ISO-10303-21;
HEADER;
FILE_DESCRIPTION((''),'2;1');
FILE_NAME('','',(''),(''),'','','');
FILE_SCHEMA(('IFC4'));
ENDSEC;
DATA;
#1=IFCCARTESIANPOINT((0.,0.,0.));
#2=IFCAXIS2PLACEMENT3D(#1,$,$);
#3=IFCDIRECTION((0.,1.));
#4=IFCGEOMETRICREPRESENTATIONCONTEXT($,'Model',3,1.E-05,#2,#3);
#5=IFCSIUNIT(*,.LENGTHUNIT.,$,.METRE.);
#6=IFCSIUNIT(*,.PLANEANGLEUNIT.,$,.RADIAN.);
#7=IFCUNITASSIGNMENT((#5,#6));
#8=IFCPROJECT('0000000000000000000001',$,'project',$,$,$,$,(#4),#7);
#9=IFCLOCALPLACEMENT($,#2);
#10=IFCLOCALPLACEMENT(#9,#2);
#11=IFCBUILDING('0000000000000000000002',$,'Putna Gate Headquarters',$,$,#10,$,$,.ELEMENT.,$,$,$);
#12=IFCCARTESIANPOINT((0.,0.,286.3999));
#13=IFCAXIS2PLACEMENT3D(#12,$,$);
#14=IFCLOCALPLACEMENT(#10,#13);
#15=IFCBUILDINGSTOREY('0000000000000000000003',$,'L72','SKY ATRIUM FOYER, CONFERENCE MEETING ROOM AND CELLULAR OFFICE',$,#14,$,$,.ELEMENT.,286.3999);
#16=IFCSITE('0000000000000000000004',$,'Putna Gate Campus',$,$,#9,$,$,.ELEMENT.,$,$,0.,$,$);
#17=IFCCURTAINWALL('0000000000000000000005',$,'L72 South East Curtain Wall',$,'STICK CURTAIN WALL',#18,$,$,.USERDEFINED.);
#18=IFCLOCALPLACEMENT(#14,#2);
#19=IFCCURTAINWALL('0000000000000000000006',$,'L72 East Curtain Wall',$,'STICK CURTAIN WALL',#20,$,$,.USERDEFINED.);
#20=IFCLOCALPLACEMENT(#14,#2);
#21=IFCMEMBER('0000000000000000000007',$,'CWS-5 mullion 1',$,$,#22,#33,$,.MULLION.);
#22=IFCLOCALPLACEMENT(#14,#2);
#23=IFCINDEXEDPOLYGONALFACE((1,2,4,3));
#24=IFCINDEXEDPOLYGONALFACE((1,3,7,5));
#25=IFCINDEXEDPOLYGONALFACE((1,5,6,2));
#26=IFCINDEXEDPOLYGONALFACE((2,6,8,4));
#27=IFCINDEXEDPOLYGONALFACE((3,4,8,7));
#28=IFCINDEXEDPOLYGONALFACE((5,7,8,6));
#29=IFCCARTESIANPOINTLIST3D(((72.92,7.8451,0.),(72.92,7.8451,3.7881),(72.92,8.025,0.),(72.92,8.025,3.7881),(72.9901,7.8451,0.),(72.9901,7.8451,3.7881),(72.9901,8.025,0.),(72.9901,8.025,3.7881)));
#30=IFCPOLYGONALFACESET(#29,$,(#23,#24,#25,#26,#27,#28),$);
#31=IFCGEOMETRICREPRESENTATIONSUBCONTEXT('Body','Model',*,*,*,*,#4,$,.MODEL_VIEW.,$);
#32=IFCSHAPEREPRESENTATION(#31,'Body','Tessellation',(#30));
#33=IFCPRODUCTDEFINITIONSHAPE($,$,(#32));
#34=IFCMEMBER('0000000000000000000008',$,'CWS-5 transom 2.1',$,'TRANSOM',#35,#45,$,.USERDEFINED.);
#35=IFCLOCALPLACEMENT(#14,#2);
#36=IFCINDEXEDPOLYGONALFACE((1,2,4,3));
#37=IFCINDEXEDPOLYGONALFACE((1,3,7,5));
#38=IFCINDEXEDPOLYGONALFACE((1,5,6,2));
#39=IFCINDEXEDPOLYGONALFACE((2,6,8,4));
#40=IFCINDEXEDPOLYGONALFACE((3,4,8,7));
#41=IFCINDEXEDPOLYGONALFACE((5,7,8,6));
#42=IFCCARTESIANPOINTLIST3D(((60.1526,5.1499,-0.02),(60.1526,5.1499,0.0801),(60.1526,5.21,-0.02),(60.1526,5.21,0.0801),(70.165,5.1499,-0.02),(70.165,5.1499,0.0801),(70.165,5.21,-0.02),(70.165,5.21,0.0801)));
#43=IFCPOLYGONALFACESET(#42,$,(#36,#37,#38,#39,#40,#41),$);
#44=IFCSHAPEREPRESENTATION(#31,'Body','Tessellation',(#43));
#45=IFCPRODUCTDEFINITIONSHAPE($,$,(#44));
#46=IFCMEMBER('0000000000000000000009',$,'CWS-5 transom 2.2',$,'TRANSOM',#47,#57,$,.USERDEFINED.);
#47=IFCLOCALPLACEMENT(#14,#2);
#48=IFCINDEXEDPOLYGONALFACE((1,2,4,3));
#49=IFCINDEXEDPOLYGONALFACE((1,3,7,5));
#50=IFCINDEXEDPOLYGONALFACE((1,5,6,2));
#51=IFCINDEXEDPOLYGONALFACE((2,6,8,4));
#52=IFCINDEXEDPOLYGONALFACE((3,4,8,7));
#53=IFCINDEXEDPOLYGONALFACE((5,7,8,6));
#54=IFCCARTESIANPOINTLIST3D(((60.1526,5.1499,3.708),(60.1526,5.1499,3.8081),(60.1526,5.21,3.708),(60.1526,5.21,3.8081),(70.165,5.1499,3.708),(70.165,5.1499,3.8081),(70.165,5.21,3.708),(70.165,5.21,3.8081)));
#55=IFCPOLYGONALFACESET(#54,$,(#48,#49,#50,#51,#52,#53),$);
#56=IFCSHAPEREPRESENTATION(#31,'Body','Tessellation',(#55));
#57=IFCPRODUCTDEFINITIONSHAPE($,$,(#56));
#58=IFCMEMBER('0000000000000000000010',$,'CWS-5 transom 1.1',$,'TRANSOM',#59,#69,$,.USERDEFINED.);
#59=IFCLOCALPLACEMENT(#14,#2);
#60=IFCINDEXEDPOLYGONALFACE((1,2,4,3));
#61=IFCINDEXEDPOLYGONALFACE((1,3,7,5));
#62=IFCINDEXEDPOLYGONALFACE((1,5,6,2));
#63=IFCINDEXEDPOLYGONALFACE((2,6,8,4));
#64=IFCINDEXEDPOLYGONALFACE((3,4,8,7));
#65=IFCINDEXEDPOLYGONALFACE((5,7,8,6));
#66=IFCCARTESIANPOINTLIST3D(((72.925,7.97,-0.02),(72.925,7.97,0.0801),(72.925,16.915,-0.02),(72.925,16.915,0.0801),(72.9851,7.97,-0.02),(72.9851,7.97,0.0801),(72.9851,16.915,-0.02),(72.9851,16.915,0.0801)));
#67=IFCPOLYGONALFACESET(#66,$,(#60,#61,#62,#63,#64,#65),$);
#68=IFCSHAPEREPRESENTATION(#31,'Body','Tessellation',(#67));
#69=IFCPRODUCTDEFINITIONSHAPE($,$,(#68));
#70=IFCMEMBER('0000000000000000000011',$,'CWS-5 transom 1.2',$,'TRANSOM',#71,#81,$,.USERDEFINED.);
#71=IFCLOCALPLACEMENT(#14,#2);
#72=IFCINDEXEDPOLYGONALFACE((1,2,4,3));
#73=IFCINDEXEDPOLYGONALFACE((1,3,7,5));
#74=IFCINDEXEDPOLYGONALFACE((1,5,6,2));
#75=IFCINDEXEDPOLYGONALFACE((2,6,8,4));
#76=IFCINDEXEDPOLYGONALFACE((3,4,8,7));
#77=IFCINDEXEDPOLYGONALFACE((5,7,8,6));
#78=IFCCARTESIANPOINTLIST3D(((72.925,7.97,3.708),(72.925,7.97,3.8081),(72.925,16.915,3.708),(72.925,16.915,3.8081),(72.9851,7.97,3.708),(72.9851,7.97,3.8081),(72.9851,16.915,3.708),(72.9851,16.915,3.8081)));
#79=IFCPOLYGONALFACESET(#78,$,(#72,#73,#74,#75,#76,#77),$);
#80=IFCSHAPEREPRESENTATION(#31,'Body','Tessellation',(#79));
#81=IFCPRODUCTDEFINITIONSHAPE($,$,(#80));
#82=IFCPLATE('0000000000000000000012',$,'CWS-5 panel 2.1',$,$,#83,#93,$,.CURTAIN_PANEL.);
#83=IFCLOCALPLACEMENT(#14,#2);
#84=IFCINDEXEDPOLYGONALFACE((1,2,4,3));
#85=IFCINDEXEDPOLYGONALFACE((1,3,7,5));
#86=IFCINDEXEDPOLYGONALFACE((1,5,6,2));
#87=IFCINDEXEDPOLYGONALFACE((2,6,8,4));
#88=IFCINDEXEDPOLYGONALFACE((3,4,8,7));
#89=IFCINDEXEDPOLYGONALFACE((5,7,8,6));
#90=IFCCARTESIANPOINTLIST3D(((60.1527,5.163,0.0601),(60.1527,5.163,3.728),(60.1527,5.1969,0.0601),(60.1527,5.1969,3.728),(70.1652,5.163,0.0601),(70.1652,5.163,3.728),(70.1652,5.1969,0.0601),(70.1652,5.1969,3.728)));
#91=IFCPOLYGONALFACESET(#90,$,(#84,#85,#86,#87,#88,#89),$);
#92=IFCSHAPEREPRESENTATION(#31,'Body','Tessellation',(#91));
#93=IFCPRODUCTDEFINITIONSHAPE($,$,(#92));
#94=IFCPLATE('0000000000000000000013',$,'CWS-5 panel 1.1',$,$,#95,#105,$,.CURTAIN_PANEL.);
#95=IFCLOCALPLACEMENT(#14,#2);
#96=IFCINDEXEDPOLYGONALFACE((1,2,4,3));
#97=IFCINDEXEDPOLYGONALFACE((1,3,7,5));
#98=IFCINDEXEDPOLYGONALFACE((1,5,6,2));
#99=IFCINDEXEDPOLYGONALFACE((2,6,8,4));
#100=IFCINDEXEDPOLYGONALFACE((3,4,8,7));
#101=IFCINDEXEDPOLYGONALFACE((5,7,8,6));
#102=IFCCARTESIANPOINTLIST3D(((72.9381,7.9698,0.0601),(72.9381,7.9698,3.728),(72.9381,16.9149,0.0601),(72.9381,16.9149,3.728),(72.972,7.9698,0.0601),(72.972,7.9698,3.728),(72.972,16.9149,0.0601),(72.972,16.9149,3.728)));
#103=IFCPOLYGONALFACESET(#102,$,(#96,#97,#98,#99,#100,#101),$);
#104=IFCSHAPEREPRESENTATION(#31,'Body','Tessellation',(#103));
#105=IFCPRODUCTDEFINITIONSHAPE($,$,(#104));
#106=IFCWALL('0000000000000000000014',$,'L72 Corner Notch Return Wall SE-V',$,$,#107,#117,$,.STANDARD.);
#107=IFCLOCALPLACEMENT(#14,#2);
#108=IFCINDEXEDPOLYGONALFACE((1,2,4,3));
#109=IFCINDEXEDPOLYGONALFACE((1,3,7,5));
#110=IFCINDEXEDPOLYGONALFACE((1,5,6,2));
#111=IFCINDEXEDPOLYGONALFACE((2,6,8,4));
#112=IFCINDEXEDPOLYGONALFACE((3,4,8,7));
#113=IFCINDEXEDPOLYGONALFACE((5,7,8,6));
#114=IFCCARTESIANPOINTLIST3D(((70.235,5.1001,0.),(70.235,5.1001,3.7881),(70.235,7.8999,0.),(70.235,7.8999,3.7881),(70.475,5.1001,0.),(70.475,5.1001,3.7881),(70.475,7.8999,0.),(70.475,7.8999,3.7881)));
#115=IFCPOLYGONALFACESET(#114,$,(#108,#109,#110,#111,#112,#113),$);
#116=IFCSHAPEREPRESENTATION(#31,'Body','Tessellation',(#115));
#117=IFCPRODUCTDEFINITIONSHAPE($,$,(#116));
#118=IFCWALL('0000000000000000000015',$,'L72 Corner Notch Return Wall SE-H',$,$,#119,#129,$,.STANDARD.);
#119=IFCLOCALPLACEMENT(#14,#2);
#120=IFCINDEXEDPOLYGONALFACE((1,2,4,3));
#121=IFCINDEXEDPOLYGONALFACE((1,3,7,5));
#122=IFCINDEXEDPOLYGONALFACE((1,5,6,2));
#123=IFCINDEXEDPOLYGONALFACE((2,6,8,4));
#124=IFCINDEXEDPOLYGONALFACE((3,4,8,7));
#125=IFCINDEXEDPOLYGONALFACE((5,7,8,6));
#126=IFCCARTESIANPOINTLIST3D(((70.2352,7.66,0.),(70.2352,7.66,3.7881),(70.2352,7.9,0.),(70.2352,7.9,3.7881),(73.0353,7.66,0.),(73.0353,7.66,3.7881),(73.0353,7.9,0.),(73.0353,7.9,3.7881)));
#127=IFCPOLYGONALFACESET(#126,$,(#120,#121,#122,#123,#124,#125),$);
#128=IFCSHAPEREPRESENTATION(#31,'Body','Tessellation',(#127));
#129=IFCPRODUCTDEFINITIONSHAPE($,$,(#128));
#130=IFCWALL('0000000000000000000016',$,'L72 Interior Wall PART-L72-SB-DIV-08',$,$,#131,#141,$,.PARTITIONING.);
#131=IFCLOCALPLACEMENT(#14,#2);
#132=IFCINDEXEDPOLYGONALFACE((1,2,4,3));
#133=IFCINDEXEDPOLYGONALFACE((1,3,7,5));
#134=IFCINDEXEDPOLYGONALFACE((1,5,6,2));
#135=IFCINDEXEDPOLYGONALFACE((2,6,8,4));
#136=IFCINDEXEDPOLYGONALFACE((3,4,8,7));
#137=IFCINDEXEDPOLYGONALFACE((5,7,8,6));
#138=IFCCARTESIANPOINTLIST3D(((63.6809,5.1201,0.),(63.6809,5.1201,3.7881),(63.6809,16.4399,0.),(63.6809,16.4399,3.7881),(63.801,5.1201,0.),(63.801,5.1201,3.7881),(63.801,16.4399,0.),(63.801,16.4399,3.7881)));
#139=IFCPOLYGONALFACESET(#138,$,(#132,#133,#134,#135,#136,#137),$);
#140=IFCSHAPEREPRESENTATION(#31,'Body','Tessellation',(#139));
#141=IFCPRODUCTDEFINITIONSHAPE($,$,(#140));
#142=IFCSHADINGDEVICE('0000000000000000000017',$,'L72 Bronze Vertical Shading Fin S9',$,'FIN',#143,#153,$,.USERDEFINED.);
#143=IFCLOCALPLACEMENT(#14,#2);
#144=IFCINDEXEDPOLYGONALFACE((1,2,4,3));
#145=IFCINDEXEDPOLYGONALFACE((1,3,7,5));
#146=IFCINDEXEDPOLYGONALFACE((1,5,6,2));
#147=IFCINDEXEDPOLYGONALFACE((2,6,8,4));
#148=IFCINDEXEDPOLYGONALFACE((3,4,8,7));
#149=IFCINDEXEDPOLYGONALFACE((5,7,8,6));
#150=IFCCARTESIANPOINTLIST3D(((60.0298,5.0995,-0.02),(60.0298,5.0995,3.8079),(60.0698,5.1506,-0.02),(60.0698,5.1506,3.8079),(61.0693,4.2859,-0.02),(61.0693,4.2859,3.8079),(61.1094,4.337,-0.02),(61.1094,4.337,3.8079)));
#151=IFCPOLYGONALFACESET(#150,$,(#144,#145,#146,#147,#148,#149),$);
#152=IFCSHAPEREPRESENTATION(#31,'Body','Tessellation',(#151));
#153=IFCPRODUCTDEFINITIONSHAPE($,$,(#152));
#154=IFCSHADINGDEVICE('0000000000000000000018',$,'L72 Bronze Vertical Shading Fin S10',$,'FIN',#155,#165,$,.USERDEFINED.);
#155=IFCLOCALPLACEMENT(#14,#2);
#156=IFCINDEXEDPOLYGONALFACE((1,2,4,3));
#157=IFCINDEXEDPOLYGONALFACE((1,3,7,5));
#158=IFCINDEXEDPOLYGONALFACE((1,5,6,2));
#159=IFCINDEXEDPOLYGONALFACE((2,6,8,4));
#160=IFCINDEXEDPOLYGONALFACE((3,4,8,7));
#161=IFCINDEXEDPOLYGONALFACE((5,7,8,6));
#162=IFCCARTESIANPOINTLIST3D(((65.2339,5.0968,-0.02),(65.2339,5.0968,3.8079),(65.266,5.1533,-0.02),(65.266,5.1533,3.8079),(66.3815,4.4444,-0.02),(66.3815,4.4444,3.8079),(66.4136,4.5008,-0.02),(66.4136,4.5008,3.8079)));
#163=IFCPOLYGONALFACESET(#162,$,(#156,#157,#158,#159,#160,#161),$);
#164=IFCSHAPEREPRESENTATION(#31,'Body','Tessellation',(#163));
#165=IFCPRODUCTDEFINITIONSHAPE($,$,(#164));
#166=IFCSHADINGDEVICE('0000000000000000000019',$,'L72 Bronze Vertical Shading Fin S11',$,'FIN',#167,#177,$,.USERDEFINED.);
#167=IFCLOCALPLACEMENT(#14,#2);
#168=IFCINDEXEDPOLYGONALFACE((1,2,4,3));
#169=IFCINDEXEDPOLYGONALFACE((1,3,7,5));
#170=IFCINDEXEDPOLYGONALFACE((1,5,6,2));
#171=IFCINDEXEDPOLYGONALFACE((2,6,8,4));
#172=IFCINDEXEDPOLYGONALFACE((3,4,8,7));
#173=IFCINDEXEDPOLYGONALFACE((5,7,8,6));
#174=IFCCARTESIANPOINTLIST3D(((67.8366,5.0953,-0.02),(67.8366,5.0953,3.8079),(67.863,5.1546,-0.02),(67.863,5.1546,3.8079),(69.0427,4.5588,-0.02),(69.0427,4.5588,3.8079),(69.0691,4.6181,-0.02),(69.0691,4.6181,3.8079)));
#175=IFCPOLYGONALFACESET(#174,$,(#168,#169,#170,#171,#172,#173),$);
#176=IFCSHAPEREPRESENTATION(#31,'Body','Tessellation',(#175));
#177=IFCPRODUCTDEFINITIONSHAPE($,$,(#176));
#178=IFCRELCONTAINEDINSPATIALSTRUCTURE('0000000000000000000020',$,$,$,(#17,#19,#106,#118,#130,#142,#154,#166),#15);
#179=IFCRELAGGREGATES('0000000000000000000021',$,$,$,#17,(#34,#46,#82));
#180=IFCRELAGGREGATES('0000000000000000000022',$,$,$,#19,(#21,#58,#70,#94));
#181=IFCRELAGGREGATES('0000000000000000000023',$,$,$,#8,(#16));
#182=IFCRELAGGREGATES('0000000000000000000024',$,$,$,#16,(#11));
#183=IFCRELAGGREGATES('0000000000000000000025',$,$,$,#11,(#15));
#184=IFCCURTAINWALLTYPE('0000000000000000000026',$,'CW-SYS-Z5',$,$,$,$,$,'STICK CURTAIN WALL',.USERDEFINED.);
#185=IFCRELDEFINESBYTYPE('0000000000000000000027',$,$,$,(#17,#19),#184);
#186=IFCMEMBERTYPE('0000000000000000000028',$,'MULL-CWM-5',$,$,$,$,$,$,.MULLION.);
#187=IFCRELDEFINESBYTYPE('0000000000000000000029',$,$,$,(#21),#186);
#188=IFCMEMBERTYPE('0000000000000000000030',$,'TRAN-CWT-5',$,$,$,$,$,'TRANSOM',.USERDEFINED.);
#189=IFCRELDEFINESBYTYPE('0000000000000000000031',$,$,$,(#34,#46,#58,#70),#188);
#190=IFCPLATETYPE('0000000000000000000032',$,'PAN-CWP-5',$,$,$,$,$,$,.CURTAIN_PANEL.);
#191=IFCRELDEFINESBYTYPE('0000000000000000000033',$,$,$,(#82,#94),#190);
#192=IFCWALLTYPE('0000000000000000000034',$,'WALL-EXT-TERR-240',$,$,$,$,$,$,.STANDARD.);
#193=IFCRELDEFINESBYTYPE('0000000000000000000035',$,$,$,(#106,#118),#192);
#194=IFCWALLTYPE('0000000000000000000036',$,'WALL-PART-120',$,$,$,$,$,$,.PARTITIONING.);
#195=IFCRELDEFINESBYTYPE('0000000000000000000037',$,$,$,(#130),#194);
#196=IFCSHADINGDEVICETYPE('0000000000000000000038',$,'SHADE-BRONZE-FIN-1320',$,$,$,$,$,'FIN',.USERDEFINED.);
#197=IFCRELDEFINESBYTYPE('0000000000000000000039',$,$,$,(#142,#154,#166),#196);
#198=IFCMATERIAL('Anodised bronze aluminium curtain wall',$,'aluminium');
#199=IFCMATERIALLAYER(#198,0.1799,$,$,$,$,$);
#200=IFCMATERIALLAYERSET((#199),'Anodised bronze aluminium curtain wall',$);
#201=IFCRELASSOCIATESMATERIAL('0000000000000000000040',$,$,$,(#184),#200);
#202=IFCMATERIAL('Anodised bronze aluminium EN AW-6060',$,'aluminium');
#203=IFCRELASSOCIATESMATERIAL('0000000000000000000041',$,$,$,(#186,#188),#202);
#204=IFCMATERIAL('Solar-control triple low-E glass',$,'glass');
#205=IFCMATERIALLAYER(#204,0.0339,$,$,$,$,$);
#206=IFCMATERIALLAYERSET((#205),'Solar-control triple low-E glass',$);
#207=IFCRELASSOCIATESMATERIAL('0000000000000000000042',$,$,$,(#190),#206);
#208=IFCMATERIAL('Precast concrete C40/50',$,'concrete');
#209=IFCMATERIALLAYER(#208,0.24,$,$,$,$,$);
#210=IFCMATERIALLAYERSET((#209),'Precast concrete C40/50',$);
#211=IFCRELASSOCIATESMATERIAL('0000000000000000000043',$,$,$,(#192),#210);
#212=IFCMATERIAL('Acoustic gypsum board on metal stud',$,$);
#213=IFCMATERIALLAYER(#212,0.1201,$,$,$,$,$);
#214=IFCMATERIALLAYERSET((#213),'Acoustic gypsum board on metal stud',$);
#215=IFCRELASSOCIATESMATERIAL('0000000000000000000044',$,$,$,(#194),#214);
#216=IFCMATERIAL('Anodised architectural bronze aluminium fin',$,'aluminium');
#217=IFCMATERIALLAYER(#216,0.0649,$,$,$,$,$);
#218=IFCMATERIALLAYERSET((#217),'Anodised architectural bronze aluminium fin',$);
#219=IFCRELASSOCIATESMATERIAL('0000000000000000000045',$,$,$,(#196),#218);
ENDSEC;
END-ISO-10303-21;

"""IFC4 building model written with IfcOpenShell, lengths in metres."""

from ifc_helpers import new_model, si_unit, direction, frame, frame_2d, origin, origin_2d, place, context, subcontext, project, spatial, rectangle, extrude, material, layer, layer_set, material_profile, profile_set, type_object, element, aggregate, save


model = new_model("IFC4")

# Units and contexts
model_context = context("Model", 3, precision=1e-05, world=origin(), true_north=direction((0.0, 1.0)))
body_context = subcontext(model_context, "Body", "Model", "MODEL_VIEW")
ifc_project = project(units=[si_unit("LENGTHUNIT", "METRE"), si_unit("PLANEANGLEUNIT", "RADIAN")], contexts=[model_context])

# Site, building, storey
site_placement = place(None, origin())
site = spatial("IfcSite", under=ifc_project, at=site_placement, Name="Putna Gate Campus", CompositionType="ELEMENT", RefElevation=0.0)
building_placement = place(site_placement, origin())
building = spatial("IfcBuilding", under=site, at=building_placement, Name="Putna Gate Headquarters", CompositionType="ELEMENT")
storey_placement = place(building_placement, frame((0.0, 0.0, 286.3999)))
storey = spatial("IfcBuildingStorey", under=building, at=storey_placement, Name="L72", Description="SKY ATRIUM FOYER, CONFERENCE MEETING ROOM AND CELLULAR OFFICE", CompositionType="ELEMENT", Elevation=286.3999)

# Curtain wall
ifc_material_1 = material(Name="Anodised bronze aluminium curtain wall", Category="aluminium")
ifc_layer_1 = layer(ifc_material_1, 0.1799)
ifc_layer_set_1 = layer_set([ifc_layer_1], Name="Anodised bronze aluminium curtain wall")
curtain_wall_type = type_object("IfcCurtainWallType", Name="CW-SYS-Z5", ElementType="STICK CURTAIN WALL", PredefinedType="USERDEFINED", material=ifc_layer_set_1)
curtain_wall_1_placement = place(storey_placement, origin())
curtain_wall_1 = element("IfcCurtainWall", 1, at=curtain_wall_1_placement, inside=storey, type_object=curtain_wall_type, Name="L72 South East Curtain Wall", ObjectType="STICK CURTAIN WALL", PredefinedType="USERDEFINED")
ifc_material_2 = material(Name="Anodised bronze aluminium EN AW-6060", Category="aluminium")
ifc_material_profile_1 = material_profile(ifc_material_2, rectangle(XDim=0.0701, YDim=0.1799, at=origin_2d()), Name="Anodised bronze aluminium EN AW-6060")
ifc_profile_set_1 = profile_set([ifc_material_profile_1], Name="Anodised bronze aluminium EN AW-6060")
member_type_1 = type_object("IfcMemberType", Name="MULL-CWM-5", PredefinedType="MULLION", material=ifc_profile_set_1)

# Curtain wall, member
curtain_wall_2_placement = place(storey_placement, origin())
curtain_wall_2 = element("IfcCurtainWall", 2, at=curtain_wall_2_placement, inside=storey, type_object=curtain_wall_type, Name="L72 East Curtain Wall", ObjectType="STICK CURTAIN WALL", PredefinedType="USERDEFINED")
member_1_placement = place(storey_placement, frame((72.9551, 7.9351, 0.0), z_axis=(0.0, 0.0, 1.0), x_axis=(-1.0, 0.0, 0.0)))
member_1 = element("IfcMember", 3, at=member_1_placement, type_object=member_type_1, Name="CWS-5 mullion 1", PredefinedType="MULLION", context=body_context, shape_type="SweptSolid", body=[
    extrude(rectangle(XDim=0.0701, YDim=0.1799, at=origin_2d()), origin(), (0.0, 0.0, 1.0), 3.7881),
])

# Members
ifc_material_profile_2 = material_profile(ifc_material_2, rectangle(XDim=0.0601, YDim=0.1001, at=origin_2d()), Name="Anodised bronze aluminium EN AW-6060")
ifc_profile_set_2 = profile_set([ifc_material_profile_2], Name="Anodised bronze aluminium EN AW-6060")
member_type_2 = type_object("IfcMemberType", Name="TRAN-CWT-5", ElementType="TRANSOM", PredefinedType="USERDEFINED", material=ifc_profile_set_2)
member_2_placement = place(storey_placement, frame((60.1526, 5.1799, 0.03), z_axis=(1.0, 0.0, 0.0), x_axis=(0.0, 1.0, 0.0)))
member_2 = element("IfcMember", 4, at=member_2_placement, type_object=member_type_2, Name="CWS-5 transom 2.1", ObjectType="TRANSOM", PredefinedType="USERDEFINED", context=body_context, shape_type="SweptSolid", body=[
    extrude(rectangle(XDim=0.0601, YDim=0.1001, at=origin_2d()), origin(), (0.0, 0.0, 1.0), 10.0125),
])
member_3_placement = place(storey_placement, frame((60.1526, 5.1799, 3.7581), z_axis=(1.0, 0.0, 0.0), x_axis=(0.0, 1.0, 0.0)))
member_3 = element("IfcMember", 5, at=member_3_placement, type_object=member_type_2, Name="CWS-5 transom 2.2", ObjectType="TRANSOM", PredefinedType="USERDEFINED", context=body_context, shape_type="SweptSolid", body=[
    extrude(rectangle(XDim=0.0601, YDim=0.1001, at=origin_2d()), origin(), (0.0, 0.0, 1.0), 10.0125),
])
member_4_placement = place(storey_placement, frame((72.9551, 7.97, 0.03), z_axis=(0.0, 1.0, 0.0), x_axis=(-1.0, 0.0, 0.0)))
member_4 = element("IfcMember", 6, at=member_4_placement, type_object=member_type_2, Name="CWS-5 transom 1.1", ObjectType="TRANSOM", PredefinedType="USERDEFINED", context=body_context, shape_type="SweptSolid", body=[
    extrude(rectangle(XDim=0.0601, YDim=0.1001, at=origin_2d()), origin(), (0.0, 0.0, 1.0), 8.9451),
])
member_5_placement = place(storey_placement, frame((72.9551, 7.97, 3.7581), z_axis=(0.0, 1.0, 0.0), x_axis=(-1.0, 0.0, 0.0)))
member_5 = element("IfcMember", 7, at=member_5_placement, type_object=member_type_2, Name="CWS-5 transom 1.2", ObjectType="TRANSOM", PredefinedType="USERDEFINED", context=body_context, shape_type="SweptSolid", body=[
    extrude(rectangle(XDim=0.0601, YDim=0.1001, at=origin_2d()), origin(), (0.0, 0.0, 1.0), 8.9451),
])

# Plates
ifc_material_3 = material(Name="Solar-control triple low-E glass", Category="glass")
ifc_layer_2 = layer(ifc_material_3, 0.0339)
ifc_layer_set_2 = layer_set([ifc_layer_2], Name="Solar-control triple low-E glass")
plate_type = type_object("IfcPlateType", Name="PAN-CWP-5", PredefinedType="CURTAIN_PANEL", material=ifc_layer_set_2)
plate_1_placement = place(storey_placement, frame((65.1589, 5.1799, 0.0601), z_axis=(0.0, 0.0, 1.0), x_axis=(1.0, 0.0, 0.0)))
plate_1 = element("IfcPlate", 8, at=plate_1_placement, type_object=plate_type, Name="CWS-5 panel 2.1", PredefinedType="CURTAIN_PANEL", context=body_context, shape_type="SweptSolid", body=[
    extrude(rectangle(XDim=10.0125, YDim=0.0339, at=origin_2d()), origin(), (0.0, 0.0, 1.0), 3.668),
])
aggregate(curtain_wall_1, [member_2, member_3, plate_1])
plate_2_placement = place(storey_placement, frame((72.9551, 12.4424, 0.0601), z_axis=(0.0, 0.0, 1.0), x_axis=(0.0, 1.0, 0.0)))
plate_2 = element("IfcPlate", 9, at=plate_2_placement, type_object=plate_type, Name="CWS-5 panel 1.1", PredefinedType="CURTAIN_PANEL", context=body_context, shape_type="SweptSolid", body=[
    extrude(rectangle(XDim=8.9451, YDim=0.0339, at=origin_2d()), origin(), (0.0, 0.0, 1.0), 3.668),
])
aggregate(curtain_wall_2, [member_1, member_4, member_5, plate_2])

# Walls
ifc_material_4 = material(Name="Precast concrete C40/50", Category="concrete")
ifc_layer_3 = layer(ifc_material_4, 0.24)
ifc_layer_set_3 = layer_set([ifc_layer_3], Name="Precast concrete C40/50")
wall_type_1 = type_object("IfcWallType", Name="WALL-EXT-TERR-240", PredefinedType="STANDARD", material=ifc_layer_set_3)
wall_1_placement = place(storey_placement, frame((70.355, 7.8999, 0.0), z_axis=(0.0, 0.0, 1.0), x_axis=(0.0, -1.0, 0.0)))
element("IfcWall", 10, at=wall_1_placement, inside=storey, type_object=wall_type_1, Name="L72 Corner Notch Return Wall SE-V", PredefinedType="STANDARD", context=body_context, shape_type="SweptSolid", body=[
    extrude(rectangle(XDim=2.7998, YDim=0.24, at=frame_2d((1.3999, 0.0))), origin(), (0.0, 0.0, 1.0), 3.7881),
])
wall_2_placement = place(storey_placement, frame((73.0352, 7.78, 0.0), z_axis=(0.0, 0.0, 1.0), x_axis=(-1.0, 0.0, 0.0)))
element("IfcWall", 11, at=wall_2_placement, inside=storey, type_object=wall_type_1, Name="L72 Corner Notch Return Wall SE-H", PredefinedType="STANDARD", context=body_context, shape_type="SweptSolid", body=[
    extrude(rectangle(XDim=2.8, YDim=0.24, at=frame_2d((1.3999, 0.0))), origin(), (0.0, 0.0, 1.0), 3.7881),
])
ifc_material_5 = material(Name="Acoustic gypsum board on metal stud")
ifc_layer_4 = layer(ifc_material_5, 0.1201)
ifc_layer_set_4 = layer_set([ifc_layer_4], Name="Acoustic gypsum board on metal stud")
wall_type_2 = type_object("IfcWallType", Name="WALL-PART-120", PredefinedType="PARTITIONING", material=ifc_layer_set_4)
wall_3_placement = place(storey_placement, frame((63.741, 5.1201, 0.0), z_axis=(0.0, 0.0, 1.0), x_axis=(0.0, 1.0, 0.0)))
element("IfcWall", 12, at=wall_3_placement, inside=storey, type_object=wall_type_2, Name="L72 Interior Wall PART-L72-SB-DIV-08", PredefinedType="PARTITIONING", context=body_context, shape_type="SweptSolid", body=[
    extrude(rectangle(XDim=11.3198, YDim=0.1201, at=frame_2d((5.6599, 0.0))), origin(), (0.0, 0.0, 1.0), 3.7881),
])

# Shading devices
ifc_material_6 = material(Name="Anodised architectural bronze aluminium fin", Category="aluminium")
ifc_layer_5 = layer(ifc_material_6, 0.0649)
ifc_layer_set_5 = layer_set([ifc_layer_5], Name="Anodised architectural bronze aluminium fin")
shading_device_type = type_object("IfcShadingDeviceType", Name="SHADE-BRONZE-FIN-1320", ElementType="FIN", PredefinedType="USERDEFINED", material=ifc_layer_set_5)
for number, where, z_axis, x_axis, name in (
    (13, (60.5696, 4.7183, -0.02), (0.0, 0.0, 1.0), (0.787473, -0.616349, 0.0), "L72 Bronze Vertical Shading Fin S9"),
    (14, (65.8237, 4.7988, -0.02), (0.0, 0.0, 1.0), (0.869322, -0.494245, 0.0), "L72 Bronze Vertical Shading Fin S10"),
    (15, (68.4529, 4.8567, -0.02), (0.0, 0.0, 1.0), (0.913687, -0.406418, 0.0), "L72 Bronze Vertical Shading Fin S11"),
):
    element("IfcShadingDevice", number, at=place(storey_placement, frame(where, z_axis=z_axis, x_axis=x_axis)), inside=storey, type_object=shading_device_type, Name=name, ObjectType="FIN", PredefinedType="USERDEFINED", context=body_context, shape_type="SweptSolid", body=[
        extrude(rectangle(XDim=1.3201, YDim=0.0649, at=origin_2d()), origin(), (0.0, 0.0, 1.0), 3.8279),
    ])

save(model, "model.ifc")
